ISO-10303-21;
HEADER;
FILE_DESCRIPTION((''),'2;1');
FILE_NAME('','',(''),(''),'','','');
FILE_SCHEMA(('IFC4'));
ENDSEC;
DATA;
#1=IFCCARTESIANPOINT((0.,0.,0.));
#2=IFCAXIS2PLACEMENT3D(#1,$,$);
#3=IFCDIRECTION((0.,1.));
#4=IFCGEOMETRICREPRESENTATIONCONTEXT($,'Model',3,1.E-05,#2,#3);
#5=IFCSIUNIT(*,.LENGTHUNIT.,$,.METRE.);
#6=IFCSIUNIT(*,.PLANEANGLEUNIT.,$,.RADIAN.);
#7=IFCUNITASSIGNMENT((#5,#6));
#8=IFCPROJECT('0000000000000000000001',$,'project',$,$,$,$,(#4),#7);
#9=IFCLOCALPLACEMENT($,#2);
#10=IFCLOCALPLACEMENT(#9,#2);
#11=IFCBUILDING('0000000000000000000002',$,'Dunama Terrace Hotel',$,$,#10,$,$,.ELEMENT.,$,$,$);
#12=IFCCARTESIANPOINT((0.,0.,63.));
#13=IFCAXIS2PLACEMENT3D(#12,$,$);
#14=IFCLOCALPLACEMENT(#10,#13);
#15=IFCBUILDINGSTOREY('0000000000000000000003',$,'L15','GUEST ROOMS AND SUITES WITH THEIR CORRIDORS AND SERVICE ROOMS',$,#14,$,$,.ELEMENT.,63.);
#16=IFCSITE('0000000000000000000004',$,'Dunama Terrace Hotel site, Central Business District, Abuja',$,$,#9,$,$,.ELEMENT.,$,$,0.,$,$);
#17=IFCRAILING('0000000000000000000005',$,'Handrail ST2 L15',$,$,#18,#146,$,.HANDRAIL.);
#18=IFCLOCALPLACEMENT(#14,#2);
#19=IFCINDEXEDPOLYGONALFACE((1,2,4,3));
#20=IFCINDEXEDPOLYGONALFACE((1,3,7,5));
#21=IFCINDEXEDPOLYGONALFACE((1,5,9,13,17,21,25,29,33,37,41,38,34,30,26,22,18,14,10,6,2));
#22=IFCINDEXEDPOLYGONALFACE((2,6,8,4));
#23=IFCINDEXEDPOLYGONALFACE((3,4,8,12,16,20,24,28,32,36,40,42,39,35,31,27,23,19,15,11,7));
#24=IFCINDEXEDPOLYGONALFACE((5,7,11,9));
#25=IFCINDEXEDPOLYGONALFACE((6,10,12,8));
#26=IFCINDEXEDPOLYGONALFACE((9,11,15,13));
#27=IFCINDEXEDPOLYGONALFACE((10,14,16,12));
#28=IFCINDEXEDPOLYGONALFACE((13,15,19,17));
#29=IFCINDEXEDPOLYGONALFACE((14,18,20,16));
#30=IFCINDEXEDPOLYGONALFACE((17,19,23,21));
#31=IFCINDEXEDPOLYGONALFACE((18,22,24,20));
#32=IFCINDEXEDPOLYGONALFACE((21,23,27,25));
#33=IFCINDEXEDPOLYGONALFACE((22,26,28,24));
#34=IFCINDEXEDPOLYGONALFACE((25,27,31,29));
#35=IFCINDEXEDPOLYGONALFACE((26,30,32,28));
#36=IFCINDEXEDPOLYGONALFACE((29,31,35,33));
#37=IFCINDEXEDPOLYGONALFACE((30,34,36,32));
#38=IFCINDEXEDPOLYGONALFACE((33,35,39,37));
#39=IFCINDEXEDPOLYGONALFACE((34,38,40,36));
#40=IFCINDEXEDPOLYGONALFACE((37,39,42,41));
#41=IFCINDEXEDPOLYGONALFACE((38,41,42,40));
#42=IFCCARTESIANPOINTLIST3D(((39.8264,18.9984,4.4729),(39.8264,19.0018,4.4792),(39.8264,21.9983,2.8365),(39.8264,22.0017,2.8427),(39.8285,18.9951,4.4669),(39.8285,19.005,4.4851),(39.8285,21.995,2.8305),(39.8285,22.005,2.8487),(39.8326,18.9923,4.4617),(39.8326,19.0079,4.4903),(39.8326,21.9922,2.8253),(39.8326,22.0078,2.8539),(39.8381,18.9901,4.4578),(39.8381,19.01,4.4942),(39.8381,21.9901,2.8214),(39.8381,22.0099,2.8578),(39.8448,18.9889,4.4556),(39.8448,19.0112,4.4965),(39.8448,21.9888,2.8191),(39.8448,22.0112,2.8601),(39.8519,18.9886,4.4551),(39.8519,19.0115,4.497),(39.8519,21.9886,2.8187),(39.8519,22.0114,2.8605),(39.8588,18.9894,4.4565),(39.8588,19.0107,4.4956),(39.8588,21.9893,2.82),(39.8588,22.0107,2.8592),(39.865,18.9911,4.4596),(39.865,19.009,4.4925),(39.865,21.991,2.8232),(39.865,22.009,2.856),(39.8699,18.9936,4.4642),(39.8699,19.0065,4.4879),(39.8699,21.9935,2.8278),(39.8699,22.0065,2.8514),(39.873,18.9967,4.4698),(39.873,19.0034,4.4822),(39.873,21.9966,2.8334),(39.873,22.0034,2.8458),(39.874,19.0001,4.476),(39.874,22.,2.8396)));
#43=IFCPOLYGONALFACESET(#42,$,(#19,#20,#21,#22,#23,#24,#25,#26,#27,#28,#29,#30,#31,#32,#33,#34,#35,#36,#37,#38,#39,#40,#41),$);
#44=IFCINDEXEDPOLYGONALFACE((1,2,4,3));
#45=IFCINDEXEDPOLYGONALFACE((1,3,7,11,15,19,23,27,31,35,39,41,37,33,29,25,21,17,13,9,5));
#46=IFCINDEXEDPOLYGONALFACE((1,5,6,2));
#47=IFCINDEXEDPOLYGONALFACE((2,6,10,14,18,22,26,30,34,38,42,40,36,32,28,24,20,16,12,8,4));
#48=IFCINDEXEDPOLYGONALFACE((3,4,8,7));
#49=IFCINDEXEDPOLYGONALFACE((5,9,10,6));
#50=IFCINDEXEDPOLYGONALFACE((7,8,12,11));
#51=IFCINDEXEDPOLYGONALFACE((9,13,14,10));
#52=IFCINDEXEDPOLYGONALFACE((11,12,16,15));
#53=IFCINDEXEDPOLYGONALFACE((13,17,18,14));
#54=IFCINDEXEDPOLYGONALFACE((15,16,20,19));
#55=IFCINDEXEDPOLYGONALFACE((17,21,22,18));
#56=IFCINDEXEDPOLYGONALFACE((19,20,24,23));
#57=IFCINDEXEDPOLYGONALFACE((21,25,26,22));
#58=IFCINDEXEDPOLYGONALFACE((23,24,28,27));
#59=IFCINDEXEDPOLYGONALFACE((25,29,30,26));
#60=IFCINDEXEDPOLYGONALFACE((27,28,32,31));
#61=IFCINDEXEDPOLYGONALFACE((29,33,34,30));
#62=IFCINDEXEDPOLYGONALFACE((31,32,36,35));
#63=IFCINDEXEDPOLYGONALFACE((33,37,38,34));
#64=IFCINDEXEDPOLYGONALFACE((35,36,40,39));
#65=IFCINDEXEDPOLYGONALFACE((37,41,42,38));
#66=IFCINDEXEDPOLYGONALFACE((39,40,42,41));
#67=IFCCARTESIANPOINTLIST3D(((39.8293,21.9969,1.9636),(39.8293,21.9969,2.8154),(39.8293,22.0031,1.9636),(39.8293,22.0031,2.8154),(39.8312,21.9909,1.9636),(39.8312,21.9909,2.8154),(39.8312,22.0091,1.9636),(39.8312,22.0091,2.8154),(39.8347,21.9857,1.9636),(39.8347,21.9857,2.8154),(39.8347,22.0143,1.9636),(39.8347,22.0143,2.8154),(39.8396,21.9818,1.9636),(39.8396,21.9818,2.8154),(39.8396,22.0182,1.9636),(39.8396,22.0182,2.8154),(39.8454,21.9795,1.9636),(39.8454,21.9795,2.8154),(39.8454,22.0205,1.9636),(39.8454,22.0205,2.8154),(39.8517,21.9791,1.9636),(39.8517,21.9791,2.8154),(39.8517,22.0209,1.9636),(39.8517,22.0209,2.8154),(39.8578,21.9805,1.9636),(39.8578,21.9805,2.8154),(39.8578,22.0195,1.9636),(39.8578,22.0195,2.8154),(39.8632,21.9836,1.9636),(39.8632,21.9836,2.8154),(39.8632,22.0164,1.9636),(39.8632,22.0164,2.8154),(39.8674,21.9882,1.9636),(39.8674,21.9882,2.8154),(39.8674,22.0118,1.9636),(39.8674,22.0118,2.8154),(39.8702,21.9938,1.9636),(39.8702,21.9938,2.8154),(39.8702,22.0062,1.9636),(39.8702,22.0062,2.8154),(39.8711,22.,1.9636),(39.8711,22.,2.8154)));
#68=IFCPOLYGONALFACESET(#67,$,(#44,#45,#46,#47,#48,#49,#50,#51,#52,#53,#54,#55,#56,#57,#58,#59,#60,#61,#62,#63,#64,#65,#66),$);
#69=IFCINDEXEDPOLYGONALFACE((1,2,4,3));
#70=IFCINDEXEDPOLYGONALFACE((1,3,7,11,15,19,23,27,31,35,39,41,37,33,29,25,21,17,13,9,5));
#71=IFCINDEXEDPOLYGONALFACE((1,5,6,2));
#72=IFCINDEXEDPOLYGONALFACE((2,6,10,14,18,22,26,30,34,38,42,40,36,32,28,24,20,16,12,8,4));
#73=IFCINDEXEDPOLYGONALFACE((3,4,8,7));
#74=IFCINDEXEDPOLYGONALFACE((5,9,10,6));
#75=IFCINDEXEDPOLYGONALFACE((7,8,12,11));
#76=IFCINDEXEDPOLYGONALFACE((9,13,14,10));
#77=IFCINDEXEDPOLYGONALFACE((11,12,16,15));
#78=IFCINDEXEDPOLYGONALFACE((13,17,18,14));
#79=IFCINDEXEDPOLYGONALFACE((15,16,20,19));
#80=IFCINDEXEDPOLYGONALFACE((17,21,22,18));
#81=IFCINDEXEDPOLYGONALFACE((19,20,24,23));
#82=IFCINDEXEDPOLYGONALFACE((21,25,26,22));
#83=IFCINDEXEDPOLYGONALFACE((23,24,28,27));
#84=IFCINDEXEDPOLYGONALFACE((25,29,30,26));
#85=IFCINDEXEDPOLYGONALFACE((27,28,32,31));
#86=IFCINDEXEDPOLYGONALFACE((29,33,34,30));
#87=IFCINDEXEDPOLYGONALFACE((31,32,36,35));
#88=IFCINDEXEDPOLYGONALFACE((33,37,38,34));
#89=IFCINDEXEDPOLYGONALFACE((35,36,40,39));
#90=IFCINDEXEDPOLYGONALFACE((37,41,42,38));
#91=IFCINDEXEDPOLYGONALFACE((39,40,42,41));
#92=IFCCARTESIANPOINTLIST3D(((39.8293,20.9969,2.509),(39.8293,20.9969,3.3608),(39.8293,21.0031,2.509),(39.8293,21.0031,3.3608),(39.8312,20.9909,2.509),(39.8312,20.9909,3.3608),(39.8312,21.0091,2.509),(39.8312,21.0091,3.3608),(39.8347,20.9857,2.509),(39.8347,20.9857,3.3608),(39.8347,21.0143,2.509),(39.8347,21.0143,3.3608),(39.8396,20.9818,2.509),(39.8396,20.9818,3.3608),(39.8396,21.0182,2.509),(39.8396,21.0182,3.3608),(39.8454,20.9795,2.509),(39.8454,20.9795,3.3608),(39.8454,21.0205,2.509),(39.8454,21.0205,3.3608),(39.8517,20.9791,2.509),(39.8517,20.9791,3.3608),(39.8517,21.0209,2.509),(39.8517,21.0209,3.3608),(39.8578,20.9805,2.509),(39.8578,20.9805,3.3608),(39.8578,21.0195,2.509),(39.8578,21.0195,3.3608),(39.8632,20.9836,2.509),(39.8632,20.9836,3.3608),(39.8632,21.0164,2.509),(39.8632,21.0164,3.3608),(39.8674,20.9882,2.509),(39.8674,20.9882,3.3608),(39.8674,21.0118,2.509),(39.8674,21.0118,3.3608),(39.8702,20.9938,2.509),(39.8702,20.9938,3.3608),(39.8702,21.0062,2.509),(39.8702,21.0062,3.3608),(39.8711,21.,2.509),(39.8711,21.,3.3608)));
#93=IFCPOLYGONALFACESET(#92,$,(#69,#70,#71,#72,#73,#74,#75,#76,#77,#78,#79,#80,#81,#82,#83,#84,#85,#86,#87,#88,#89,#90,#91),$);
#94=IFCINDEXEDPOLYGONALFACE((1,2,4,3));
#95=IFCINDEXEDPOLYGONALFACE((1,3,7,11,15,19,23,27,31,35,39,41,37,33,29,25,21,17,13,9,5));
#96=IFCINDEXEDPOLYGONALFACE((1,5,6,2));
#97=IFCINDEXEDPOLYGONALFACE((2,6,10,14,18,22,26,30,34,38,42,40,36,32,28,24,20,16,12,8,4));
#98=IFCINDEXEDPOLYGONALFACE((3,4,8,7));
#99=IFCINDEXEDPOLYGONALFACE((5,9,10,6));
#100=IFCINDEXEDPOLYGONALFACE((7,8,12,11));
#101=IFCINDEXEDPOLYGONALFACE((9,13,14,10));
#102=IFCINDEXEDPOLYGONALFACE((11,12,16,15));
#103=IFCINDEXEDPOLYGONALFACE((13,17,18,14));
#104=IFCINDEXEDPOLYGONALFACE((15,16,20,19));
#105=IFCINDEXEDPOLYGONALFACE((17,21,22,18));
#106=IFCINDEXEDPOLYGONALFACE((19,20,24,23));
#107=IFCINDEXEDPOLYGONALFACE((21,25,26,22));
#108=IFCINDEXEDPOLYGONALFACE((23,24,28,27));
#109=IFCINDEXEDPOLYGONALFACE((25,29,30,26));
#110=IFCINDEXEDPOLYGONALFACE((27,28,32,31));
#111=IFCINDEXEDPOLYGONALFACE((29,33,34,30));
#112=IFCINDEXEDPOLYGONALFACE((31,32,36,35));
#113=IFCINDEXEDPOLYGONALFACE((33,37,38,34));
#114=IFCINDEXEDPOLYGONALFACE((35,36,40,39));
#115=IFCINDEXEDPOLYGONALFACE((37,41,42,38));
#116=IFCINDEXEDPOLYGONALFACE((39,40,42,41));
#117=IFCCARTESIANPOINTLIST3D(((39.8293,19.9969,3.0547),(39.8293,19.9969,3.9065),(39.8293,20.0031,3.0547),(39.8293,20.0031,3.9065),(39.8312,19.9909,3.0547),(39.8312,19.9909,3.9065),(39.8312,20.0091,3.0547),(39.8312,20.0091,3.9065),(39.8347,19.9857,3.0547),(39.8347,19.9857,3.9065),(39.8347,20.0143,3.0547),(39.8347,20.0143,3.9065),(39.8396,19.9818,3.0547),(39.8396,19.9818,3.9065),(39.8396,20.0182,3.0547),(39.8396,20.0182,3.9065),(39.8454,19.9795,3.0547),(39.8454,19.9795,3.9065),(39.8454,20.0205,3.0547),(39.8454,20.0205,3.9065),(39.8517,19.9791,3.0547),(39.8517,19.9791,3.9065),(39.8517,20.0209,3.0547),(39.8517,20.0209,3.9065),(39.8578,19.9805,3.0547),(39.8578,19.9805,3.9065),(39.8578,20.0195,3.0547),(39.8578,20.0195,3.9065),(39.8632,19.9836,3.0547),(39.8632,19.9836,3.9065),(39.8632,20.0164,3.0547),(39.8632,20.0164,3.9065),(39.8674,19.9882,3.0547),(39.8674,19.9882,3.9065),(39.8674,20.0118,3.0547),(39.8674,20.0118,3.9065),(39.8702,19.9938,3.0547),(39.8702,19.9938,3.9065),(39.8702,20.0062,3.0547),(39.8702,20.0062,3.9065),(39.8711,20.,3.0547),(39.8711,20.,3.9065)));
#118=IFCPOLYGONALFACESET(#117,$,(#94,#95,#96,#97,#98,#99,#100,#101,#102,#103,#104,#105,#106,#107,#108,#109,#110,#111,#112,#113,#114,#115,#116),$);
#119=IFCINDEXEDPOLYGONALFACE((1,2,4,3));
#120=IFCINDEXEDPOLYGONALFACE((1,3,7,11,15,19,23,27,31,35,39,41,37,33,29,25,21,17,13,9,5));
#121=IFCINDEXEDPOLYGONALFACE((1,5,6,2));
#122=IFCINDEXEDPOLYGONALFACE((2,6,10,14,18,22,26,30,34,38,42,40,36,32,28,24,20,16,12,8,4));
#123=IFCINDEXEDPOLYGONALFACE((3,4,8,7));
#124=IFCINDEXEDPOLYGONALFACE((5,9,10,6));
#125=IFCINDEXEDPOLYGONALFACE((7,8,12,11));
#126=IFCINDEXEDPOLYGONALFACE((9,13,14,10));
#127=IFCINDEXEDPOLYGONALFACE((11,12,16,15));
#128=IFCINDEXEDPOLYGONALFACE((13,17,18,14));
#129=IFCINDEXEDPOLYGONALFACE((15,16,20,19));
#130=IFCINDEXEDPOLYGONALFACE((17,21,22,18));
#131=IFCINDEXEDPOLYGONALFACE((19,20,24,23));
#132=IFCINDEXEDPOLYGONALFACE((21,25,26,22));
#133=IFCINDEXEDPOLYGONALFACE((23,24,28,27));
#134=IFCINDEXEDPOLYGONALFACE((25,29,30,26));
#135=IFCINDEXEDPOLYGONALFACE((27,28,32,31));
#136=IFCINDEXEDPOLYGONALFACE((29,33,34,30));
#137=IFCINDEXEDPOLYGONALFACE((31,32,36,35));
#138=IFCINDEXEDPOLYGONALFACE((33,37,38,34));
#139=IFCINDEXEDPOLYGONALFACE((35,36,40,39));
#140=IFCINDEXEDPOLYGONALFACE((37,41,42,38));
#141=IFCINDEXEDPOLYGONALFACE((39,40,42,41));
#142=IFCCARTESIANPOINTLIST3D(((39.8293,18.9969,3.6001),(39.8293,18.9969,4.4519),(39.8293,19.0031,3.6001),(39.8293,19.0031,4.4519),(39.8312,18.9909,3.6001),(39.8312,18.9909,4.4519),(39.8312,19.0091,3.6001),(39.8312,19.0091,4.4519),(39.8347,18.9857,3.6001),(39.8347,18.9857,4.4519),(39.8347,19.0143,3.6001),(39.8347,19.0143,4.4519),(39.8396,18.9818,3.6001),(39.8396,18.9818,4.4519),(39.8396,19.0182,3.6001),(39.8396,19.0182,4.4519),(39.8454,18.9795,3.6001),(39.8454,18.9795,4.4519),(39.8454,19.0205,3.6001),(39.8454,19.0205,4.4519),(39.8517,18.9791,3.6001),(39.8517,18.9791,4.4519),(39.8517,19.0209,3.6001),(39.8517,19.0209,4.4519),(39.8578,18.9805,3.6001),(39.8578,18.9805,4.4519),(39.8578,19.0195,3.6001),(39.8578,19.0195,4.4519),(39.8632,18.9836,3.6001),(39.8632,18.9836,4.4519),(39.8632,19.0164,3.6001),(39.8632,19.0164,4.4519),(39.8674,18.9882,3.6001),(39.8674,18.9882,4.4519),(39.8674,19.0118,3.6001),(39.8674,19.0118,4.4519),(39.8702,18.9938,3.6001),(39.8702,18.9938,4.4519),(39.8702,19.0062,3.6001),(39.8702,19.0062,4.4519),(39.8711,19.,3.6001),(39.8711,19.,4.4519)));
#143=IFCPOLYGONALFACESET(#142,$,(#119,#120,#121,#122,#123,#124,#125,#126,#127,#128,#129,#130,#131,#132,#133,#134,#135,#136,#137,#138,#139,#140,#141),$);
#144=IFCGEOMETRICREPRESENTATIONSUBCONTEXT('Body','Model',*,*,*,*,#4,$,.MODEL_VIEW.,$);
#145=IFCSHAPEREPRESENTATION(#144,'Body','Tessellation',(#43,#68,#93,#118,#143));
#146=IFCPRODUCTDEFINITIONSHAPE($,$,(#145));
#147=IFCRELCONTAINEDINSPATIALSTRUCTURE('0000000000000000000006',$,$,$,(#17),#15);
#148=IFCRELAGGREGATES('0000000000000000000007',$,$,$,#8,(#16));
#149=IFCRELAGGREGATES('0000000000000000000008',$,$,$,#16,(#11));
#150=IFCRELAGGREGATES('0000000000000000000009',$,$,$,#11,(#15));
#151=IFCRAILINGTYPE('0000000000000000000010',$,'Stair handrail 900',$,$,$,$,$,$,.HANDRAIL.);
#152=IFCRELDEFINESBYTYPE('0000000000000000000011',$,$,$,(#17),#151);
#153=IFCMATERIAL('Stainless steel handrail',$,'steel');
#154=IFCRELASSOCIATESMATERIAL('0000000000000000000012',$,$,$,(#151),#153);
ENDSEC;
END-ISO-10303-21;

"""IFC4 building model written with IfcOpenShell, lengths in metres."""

from ifc_helpers import new_model, si_unit, direction, frame, origin, origin_2d, place, context, subcontext, project, spatial, circle, extrude, material, type_object, element, save


model = new_model("IFC4")

# Units and contexts
model_context = context("Model", 3, precision=1e-05, world=origin(), true_north=direction((0.0, 1.0)))
body_context = subcontext(model_context, "Body", "Model", "MODEL_VIEW")
ifc_project = project(units=[si_unit("LENGTHUNIT", "METRE"), si_unit("PLANEANGLEUNIT", "RADIAN")], contexts=[model_context])

# Site, building, storey
site_placement = place(None, origin())
site = spatial("IfcSite", under=ifc_project, at=site_placement, Name="Dunama Terrace Hotel site, Central Business District, Abuja", CompositionType="ELEMENT", RefElevation=0.0)
building_placement = place(site_placement, origin())
building = spatial("IfcBuilding", under=site, at=building_placement, Name="Dunama Terrace Hotel", CompositionType="ELEMENT")
storey_placement = place(building_placement, frame((0.0, 0.0, 63.0)))
storey = spatial("IfcBuildingStorey", under=building, at=storey_placement, Name="L15", Description="GUEST ROOMS AND SUITES WITH THEIR CORRIDORS AND SERVICE ROOMS", CompositionType="ELEMENT", Elevation=63.0)

# Railing
ifc_material_1 = material(Name="Stainless steel handrail", Category="steel")
railing_type = type_object("IfcRailingType", Name="Stair handrail 900", PredefinedType="HANDRAIL", material=ifc_material_1)
railing_1_placement = place(storey_placement, frame((39.8501, 22.0, 1.9636)))
element("IfcRailing", 1, at=railing_1_placement, inside=storey, type_object=railing_type, Name="Handrail ST2 L15", PredefinedType="HANDRAIL", context=body_context, shape_type="SweptSolid", body=[
    extrude(circle(Radius=0.0239, at=origin_2d()), frame((0.0, 0.0, 0.876), z_axis=(0.0, -0.877882, 0.478877), x_axis=(1.0, 0.0, 0.0)), (0.0, 0.0, 1.0), 3.4172),
    extrude(circle(Radius=0.021, at=origin_2d()), origin(), (0.0, 0.0, 1.0), 0.8518),
    extrude(circle(Radius=0.021, at=origin_2d()), frame((0.0, -1.0, 0.5454)), (0.0, 0.0, 1.0), 0.8518),
    extrude(circle(Radius=0.021, at=origin_2d()), frame((0.0, -2.0, 1.0911)), (0.0, 0.0, 1.0), 0.8518),
    extrude(circle(Radius=0.021, at=origin_2d()), frame((0.0, -3.0, 1.6365)), (0.0, 0.0, 1.0), 0.8518),
])

save(model, "model.ifc")
